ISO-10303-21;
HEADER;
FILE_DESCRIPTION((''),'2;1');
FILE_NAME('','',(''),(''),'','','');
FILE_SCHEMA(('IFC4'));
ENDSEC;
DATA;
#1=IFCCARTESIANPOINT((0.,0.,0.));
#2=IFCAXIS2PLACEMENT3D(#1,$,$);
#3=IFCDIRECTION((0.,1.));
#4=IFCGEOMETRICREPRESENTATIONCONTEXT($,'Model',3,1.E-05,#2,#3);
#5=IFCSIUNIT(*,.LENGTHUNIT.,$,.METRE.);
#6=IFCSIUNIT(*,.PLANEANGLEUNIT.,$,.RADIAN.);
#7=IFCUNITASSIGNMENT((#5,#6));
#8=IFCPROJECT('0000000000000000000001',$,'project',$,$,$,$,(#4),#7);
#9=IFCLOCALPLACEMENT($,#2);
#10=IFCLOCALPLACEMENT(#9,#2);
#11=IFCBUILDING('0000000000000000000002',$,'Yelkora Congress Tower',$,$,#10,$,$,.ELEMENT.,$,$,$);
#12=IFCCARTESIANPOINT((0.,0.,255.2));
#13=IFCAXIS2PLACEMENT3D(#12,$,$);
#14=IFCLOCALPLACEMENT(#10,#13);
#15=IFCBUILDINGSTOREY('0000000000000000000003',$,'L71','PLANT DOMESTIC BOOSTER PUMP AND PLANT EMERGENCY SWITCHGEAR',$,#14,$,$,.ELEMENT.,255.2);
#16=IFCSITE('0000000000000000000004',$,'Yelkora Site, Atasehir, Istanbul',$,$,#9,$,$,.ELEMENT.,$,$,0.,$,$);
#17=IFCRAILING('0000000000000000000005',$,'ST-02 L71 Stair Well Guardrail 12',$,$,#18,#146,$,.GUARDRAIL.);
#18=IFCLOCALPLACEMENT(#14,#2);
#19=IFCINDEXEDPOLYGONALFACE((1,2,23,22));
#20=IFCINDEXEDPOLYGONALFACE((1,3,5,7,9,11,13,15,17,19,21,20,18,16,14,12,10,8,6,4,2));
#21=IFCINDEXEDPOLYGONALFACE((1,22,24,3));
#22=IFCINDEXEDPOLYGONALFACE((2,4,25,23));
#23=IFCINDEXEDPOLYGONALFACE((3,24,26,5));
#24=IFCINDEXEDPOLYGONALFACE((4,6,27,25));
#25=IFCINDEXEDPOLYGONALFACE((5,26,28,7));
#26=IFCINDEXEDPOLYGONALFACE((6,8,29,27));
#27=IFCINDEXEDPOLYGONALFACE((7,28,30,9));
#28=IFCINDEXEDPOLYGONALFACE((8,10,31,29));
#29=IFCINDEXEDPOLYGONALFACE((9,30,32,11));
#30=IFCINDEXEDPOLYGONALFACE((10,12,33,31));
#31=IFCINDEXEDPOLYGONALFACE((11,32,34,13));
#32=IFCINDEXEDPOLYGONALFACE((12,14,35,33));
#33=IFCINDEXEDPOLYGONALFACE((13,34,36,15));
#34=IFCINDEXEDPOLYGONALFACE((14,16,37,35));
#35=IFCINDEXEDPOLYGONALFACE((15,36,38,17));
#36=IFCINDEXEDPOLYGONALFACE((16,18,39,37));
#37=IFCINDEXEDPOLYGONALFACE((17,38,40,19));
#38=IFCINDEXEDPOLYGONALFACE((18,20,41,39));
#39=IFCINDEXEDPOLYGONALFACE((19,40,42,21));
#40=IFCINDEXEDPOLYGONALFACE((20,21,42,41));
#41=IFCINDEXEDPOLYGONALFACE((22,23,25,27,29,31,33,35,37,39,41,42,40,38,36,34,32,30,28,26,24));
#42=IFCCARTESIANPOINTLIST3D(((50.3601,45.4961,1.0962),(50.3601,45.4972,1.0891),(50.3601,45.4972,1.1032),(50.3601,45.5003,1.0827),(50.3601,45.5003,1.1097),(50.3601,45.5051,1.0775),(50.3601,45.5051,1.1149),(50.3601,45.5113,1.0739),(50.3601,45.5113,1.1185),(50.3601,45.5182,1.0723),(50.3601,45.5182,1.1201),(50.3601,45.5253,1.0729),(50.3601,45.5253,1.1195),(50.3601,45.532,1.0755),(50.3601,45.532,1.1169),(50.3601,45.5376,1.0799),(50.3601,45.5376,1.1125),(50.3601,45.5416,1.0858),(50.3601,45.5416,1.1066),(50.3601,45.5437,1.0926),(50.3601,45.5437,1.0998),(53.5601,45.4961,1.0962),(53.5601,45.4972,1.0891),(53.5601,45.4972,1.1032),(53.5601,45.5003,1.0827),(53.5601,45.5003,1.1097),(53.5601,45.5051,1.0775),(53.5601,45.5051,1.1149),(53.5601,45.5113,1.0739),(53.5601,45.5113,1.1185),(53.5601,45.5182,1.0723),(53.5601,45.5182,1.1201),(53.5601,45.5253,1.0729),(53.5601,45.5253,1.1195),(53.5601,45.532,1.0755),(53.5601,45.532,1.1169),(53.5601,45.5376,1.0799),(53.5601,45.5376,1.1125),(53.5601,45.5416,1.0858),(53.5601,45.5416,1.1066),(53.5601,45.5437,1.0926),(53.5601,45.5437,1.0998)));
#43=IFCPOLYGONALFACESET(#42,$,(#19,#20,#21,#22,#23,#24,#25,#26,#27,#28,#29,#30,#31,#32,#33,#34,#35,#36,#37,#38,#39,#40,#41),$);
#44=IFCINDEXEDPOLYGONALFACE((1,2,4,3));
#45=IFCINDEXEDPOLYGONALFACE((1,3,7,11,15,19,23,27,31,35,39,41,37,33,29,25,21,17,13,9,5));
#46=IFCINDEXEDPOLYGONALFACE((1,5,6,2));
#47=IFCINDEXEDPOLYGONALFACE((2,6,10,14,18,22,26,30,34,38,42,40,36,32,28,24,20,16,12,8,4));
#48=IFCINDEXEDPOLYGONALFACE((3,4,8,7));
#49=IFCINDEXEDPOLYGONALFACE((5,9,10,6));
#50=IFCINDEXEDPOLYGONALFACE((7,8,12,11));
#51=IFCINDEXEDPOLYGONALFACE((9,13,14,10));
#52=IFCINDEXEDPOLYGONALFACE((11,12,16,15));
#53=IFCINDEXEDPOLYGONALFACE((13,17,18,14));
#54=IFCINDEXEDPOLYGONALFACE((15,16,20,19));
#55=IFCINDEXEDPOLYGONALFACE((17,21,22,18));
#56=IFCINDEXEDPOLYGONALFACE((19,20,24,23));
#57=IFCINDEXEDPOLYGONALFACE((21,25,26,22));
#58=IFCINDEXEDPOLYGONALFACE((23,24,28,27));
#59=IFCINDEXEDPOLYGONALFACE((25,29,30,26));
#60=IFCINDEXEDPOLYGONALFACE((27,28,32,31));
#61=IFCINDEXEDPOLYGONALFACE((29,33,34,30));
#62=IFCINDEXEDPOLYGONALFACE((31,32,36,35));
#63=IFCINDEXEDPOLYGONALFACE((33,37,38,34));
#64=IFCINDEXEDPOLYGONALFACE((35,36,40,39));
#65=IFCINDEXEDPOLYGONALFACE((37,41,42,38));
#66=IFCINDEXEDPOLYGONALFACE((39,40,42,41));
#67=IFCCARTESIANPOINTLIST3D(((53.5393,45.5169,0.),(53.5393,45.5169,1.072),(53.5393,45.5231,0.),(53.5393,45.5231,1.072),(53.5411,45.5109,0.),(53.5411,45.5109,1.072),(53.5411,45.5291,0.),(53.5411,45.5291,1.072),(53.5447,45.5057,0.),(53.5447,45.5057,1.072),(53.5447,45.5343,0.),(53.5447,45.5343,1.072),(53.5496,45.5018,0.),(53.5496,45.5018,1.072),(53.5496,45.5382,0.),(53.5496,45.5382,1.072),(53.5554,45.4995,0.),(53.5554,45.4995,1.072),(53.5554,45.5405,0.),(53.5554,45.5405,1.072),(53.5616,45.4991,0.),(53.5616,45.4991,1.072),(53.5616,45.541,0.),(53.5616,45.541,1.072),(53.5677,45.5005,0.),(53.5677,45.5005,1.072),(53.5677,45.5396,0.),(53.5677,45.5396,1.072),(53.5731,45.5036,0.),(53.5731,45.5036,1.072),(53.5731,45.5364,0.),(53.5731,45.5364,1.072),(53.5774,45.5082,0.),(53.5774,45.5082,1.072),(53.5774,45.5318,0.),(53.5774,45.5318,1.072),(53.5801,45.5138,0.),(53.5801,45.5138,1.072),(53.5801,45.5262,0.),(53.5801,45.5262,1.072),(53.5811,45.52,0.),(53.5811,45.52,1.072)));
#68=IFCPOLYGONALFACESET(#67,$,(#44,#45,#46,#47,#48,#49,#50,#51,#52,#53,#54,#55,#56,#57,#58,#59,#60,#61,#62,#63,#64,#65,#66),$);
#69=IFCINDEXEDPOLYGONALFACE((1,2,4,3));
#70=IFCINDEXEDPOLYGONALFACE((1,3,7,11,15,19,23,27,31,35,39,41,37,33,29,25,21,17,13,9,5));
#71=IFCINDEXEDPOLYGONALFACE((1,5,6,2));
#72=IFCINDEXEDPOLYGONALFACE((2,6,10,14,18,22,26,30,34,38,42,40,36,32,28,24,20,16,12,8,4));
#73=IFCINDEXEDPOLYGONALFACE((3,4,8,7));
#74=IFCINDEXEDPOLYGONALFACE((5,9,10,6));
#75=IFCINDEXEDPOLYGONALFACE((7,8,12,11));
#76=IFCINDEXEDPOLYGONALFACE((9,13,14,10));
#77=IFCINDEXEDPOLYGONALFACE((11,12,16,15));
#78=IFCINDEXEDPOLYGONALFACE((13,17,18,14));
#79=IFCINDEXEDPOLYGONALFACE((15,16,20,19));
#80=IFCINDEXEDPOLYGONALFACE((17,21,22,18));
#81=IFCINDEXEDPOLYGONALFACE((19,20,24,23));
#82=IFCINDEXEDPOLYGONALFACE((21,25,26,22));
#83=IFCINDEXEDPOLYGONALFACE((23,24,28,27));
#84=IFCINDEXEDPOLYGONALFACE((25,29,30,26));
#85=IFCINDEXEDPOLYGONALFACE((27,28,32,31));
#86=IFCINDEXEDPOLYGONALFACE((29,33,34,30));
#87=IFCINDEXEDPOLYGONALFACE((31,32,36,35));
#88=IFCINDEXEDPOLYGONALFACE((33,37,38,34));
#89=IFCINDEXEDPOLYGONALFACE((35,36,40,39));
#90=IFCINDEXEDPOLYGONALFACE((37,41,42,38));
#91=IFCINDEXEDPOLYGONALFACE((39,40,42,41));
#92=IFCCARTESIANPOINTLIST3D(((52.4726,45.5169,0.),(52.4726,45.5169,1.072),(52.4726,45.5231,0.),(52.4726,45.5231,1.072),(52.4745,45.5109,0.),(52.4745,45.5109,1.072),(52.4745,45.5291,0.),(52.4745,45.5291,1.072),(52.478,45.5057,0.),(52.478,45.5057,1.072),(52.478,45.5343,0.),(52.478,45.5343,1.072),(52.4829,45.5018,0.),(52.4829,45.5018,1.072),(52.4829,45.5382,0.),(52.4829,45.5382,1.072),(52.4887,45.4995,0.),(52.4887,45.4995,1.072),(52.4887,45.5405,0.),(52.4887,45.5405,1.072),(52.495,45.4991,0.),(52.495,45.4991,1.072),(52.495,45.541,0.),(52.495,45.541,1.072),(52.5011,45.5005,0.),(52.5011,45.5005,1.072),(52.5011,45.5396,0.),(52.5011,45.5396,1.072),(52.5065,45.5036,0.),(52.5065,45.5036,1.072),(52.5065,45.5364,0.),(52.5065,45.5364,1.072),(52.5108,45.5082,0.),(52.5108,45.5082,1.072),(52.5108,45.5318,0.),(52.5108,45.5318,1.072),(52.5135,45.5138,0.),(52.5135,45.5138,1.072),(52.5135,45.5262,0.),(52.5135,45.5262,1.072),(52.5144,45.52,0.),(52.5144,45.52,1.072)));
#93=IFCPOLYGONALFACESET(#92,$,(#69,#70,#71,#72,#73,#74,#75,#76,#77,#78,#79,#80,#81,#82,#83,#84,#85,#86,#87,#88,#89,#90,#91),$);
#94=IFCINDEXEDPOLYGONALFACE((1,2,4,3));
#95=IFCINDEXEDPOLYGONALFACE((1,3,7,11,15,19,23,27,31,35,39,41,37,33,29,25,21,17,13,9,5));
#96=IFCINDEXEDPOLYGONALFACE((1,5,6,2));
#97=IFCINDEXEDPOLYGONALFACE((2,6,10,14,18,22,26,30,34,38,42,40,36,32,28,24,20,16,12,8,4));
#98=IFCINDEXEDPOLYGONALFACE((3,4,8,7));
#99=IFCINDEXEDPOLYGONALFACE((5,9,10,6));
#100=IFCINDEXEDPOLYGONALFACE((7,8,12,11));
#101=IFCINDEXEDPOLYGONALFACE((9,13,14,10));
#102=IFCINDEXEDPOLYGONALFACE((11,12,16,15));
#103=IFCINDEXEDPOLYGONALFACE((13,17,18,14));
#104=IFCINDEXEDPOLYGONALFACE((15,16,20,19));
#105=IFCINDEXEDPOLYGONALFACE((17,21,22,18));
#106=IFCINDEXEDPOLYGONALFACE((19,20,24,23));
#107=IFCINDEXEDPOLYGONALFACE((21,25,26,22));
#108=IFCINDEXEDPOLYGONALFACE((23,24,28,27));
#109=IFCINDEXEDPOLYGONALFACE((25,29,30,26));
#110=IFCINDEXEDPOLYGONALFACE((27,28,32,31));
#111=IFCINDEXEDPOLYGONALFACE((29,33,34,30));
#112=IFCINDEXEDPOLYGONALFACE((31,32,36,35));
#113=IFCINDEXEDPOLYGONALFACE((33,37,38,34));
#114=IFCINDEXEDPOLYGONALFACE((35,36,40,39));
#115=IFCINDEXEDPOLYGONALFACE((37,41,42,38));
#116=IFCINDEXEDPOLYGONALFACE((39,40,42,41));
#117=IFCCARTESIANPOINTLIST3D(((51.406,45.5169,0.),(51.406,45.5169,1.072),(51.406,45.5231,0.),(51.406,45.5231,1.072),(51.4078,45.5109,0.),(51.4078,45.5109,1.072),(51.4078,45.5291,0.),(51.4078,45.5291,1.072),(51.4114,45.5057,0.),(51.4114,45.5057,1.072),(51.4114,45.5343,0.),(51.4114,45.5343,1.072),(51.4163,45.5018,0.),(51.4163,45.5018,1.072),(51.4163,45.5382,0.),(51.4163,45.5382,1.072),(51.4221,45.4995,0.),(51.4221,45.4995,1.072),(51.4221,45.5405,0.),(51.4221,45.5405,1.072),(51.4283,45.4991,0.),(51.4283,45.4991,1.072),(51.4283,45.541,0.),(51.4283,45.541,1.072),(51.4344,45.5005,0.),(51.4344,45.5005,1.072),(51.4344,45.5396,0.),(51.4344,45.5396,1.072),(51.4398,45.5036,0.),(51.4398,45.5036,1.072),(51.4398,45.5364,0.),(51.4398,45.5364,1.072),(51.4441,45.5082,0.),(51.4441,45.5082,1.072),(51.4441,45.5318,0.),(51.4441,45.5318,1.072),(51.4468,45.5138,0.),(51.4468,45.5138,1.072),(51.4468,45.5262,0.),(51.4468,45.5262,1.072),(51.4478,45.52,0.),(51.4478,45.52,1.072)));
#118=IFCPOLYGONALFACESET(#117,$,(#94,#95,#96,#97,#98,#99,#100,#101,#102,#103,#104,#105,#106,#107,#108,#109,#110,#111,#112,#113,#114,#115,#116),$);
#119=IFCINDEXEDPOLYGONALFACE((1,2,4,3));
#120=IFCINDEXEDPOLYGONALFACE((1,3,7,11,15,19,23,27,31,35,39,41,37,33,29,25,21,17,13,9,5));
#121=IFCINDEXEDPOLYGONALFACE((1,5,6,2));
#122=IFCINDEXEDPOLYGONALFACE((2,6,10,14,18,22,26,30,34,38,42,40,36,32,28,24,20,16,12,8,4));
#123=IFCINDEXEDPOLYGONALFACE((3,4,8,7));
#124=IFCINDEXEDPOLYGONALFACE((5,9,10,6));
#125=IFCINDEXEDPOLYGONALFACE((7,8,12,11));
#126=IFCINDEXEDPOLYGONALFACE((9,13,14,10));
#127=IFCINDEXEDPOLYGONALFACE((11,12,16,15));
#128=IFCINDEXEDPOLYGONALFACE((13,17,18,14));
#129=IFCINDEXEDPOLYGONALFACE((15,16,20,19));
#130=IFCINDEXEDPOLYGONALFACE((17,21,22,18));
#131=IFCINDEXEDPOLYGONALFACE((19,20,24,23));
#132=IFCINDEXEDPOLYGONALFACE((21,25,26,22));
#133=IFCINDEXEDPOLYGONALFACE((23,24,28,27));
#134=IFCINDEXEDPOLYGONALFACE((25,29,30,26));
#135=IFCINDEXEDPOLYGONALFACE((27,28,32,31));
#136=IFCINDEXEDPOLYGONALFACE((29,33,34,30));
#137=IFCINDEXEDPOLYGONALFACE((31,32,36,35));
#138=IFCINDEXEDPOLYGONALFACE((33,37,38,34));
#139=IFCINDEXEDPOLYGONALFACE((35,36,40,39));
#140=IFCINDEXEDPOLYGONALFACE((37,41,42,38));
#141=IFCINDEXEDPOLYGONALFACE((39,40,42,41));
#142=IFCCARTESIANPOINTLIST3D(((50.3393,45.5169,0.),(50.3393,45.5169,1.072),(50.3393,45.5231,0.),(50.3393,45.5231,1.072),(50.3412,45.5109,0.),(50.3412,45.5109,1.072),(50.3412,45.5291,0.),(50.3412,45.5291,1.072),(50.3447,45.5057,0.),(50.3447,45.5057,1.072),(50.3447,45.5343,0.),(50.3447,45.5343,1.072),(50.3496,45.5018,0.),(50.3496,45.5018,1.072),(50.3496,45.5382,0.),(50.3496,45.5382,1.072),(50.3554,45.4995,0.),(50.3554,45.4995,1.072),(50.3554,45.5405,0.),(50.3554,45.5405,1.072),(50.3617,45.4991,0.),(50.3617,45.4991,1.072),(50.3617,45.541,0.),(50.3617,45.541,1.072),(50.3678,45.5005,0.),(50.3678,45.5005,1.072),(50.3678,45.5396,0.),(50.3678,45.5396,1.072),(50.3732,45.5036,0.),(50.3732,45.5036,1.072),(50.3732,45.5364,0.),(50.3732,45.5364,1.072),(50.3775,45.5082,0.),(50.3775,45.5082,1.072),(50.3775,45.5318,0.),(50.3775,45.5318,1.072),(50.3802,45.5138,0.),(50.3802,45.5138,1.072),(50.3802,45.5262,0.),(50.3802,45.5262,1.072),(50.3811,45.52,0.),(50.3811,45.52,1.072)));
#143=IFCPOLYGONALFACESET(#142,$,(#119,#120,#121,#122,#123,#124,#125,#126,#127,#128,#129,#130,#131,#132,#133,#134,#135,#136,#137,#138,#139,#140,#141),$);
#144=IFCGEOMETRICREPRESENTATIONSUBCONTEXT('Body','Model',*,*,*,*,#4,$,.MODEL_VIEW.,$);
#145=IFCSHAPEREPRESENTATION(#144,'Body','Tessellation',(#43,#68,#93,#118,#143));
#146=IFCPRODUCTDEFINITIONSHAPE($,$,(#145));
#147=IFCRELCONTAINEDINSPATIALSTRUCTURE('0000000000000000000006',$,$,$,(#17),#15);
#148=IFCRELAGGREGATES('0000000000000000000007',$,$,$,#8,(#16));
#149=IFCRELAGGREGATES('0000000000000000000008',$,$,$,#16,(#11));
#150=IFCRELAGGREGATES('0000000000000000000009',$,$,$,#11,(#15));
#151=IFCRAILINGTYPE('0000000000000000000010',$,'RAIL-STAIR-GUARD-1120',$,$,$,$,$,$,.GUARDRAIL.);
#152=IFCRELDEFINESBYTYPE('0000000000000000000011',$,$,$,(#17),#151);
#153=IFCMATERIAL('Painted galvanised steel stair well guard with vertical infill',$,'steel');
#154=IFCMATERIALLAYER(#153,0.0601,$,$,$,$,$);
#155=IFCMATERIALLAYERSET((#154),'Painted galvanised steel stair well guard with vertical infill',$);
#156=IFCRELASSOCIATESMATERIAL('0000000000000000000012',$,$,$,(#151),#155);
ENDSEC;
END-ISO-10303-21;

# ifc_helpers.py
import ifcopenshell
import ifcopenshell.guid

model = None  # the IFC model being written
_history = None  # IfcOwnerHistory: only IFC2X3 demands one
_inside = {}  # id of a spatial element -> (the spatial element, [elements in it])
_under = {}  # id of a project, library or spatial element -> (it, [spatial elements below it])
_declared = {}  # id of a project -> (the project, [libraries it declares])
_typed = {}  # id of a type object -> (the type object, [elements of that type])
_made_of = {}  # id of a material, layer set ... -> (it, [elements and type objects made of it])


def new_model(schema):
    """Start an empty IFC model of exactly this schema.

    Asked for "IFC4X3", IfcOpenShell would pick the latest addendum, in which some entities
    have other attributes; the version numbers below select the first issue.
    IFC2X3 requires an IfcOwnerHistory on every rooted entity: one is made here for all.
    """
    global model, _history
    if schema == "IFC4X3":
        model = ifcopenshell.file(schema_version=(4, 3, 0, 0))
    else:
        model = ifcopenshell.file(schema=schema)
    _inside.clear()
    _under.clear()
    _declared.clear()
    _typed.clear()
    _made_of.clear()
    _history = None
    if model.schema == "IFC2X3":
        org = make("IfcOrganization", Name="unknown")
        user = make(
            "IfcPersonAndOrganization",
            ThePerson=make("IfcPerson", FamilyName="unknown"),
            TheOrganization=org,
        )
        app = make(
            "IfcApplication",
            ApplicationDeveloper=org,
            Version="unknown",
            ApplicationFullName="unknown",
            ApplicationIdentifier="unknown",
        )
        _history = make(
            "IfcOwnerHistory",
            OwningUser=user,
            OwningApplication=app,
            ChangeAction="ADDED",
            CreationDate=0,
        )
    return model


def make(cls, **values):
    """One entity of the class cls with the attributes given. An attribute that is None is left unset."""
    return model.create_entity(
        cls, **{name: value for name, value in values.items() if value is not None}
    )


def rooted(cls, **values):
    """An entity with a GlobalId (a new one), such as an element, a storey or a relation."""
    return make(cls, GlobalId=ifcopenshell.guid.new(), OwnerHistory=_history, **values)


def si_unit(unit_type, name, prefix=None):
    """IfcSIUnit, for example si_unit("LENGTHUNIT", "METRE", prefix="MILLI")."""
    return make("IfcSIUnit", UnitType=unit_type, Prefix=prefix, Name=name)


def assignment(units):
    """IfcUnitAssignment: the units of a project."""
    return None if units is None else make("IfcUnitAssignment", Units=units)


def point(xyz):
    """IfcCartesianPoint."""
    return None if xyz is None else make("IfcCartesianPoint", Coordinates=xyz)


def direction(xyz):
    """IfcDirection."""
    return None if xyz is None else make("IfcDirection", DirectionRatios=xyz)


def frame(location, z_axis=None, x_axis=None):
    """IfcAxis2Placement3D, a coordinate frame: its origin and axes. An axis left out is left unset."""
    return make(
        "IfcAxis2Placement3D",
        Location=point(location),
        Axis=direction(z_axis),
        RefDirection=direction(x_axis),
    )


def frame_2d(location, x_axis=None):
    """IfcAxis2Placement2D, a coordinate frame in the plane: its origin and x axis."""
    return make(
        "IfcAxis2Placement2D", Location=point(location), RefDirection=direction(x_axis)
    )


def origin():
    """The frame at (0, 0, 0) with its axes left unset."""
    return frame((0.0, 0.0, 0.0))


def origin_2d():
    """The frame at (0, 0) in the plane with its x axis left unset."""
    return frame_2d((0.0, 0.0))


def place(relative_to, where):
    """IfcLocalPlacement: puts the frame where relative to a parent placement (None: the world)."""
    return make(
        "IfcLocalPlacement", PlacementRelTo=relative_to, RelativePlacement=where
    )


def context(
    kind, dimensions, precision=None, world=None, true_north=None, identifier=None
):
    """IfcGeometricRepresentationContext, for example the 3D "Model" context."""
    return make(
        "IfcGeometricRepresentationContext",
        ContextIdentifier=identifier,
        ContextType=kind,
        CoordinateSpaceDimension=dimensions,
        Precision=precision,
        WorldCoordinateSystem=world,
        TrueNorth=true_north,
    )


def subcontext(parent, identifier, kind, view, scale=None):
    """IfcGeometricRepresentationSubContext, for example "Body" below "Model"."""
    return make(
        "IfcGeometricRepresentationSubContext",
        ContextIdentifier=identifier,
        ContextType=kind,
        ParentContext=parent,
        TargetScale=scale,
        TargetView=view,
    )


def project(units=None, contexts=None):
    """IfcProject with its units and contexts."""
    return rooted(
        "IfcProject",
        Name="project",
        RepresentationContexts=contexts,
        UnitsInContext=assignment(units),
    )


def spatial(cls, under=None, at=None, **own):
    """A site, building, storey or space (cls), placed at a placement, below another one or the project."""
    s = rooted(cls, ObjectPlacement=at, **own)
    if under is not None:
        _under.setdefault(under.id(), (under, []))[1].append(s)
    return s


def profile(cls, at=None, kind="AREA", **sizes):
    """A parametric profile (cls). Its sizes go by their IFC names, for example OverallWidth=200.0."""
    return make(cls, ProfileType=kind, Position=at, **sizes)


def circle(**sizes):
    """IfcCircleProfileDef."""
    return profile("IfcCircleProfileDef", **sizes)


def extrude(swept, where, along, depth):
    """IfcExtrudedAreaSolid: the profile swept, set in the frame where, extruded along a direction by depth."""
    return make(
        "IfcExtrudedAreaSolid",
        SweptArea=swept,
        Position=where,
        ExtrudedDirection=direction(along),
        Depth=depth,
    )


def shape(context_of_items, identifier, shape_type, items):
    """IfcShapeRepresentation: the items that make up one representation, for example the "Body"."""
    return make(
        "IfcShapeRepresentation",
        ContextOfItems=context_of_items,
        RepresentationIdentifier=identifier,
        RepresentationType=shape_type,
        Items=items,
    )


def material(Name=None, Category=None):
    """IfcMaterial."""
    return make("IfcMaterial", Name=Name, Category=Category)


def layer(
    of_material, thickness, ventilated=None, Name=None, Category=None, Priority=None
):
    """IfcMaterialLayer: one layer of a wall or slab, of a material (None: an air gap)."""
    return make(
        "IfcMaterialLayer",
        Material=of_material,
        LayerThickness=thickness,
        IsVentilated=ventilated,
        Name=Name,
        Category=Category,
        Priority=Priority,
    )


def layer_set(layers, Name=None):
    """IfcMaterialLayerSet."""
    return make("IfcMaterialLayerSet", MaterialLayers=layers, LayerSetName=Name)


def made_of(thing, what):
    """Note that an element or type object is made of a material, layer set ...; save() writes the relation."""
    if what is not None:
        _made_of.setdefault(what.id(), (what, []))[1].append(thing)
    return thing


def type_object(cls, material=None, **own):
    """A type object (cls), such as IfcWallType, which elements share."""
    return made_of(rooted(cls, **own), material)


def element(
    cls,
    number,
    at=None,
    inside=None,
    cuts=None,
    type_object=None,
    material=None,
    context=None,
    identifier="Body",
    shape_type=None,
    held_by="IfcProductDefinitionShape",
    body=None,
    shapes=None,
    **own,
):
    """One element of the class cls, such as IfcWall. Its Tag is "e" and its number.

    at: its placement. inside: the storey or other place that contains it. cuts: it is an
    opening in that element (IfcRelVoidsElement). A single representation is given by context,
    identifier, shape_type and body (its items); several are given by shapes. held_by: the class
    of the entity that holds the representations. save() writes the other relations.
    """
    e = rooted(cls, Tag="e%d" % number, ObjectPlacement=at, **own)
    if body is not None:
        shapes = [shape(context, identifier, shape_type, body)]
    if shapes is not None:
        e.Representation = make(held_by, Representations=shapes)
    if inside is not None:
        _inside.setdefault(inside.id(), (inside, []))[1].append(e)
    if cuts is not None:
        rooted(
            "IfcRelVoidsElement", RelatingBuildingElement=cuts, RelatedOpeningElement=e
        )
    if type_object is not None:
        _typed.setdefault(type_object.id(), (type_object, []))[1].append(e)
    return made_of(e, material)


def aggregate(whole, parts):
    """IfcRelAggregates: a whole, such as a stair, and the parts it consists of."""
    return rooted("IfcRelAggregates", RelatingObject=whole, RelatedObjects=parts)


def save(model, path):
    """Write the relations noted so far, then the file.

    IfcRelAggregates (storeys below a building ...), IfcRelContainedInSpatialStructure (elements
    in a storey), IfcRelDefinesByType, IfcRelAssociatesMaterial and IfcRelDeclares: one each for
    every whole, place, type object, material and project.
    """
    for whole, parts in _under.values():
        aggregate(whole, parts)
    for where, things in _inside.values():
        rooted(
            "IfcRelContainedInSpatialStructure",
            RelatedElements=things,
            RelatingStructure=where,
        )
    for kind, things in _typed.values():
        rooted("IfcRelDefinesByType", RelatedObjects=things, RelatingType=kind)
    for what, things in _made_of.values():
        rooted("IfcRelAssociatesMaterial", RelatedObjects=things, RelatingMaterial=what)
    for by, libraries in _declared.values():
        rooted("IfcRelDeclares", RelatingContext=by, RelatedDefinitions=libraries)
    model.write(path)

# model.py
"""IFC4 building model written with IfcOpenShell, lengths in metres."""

from ifc_helpers import new_model, si_unit, direction, frame, origin, origin_2d, place, context, subcontext, project, spatial, circle, extrude, material, layer, layer_set, type_object, element, save


model = new_model("IFC4")

# Units and contexts
model_context = context("Model", 3, precision=1e-05, world=origin(), true_north=direction((0.0, 1.0)))
body_context = subcontext(model_context, "Body", "Model", "MODEL_VIEW")
ifc_project = project(units=[si_unit("LENGTHUNIT", "METRE"), si_unit("PLANEANGLEUNIT", "RADIAN")], contexts=[model_context])

# Site, building, storey
site_placement = place(None, origin())
site = spatial("IfcSite", under=ifc_project, at=site_placement, Name="Yelkora Site, Atasehir, Istanbul", CompositionType="ELEMENT", RefElevation=0.0)
building_placement = place(site_placement, origin())
building = spatial("IfcBuilding", under=site, at=building_placement, Name="Yelkora Congress Tower", CompositionType="ELEMENT")
storey_placement = place(building_placement, frame((0.0, 0.0, 255.2)))
storey = spatial("IfcBuildingStorey", under=building, at=storey_placement, Name="L71", Description="PLANT DOMESTIC BOOSTER PUMP AND PLANT EMERGENCY SWITCHGEAR", CompositionType="ELEMENT", Elevation=255.2)

# Railing
ifc_material_1 = material(Name="Painted galvanised steel stair well guard with vertical infill", Category="steel")
ifc_layer_1 = layer(ifc_material_1, 0.0601)
ifc_layer_set_1 = layer_set([ifc_layer_1], Name="Painted galvanised steel stair well guard with vertical infill")
railing_type_1 = type_object("IfcRailingType", Name="RAIL-STAIR-GUARD-1120", PredefinedType="GUARDRAIL", material=ifc_layer_set_1)
railing_1_placement = place(storey_placement, frame((53.5601, 45.52, 0.0)))
element("IfcRailing", 1, at=railing_1_placement, inside=storey, type_object=railing_type_1, Name="ST-02 L71 Stair Well Guardrail 12", PredefinedType="GUARDRAIL", context=body_context, shape_type="SweptSolid", body=[
    extrude(circle(Radius=0.0239, at=origin_2d()), frame((0.0, 0.0, 1.0962), z_axis=(-1.0, 0.0, 0.0), x_axis=(0.0, -1.0, 0.0)), (0.0, 0.0, 1.0), 3.2),
    extrude(circle(Radius=0.021, at=origin_2d()), origin(), (0.0, 0.0, 1.0), 1.072),
    extrude(circle(Radius=0.021, at=origin_2d()), frame((-1.0667, 0.0, 0.0)), (0.0, 0.0, 1.0), 1.072),
    extrude(circle(Radius=0.021, at=origin_2d()), frame((-2.1333, 0.0, 0.0)), (0.0, 0.0, 1.0), 1.072),
    extrude(circle(Radius=0.021, at=origin_2d()), frame((-3.2, 0.0, 0.0)), (0.0, 0.0, 1.0), 1.072),
])

save(model, "model.ifc")
